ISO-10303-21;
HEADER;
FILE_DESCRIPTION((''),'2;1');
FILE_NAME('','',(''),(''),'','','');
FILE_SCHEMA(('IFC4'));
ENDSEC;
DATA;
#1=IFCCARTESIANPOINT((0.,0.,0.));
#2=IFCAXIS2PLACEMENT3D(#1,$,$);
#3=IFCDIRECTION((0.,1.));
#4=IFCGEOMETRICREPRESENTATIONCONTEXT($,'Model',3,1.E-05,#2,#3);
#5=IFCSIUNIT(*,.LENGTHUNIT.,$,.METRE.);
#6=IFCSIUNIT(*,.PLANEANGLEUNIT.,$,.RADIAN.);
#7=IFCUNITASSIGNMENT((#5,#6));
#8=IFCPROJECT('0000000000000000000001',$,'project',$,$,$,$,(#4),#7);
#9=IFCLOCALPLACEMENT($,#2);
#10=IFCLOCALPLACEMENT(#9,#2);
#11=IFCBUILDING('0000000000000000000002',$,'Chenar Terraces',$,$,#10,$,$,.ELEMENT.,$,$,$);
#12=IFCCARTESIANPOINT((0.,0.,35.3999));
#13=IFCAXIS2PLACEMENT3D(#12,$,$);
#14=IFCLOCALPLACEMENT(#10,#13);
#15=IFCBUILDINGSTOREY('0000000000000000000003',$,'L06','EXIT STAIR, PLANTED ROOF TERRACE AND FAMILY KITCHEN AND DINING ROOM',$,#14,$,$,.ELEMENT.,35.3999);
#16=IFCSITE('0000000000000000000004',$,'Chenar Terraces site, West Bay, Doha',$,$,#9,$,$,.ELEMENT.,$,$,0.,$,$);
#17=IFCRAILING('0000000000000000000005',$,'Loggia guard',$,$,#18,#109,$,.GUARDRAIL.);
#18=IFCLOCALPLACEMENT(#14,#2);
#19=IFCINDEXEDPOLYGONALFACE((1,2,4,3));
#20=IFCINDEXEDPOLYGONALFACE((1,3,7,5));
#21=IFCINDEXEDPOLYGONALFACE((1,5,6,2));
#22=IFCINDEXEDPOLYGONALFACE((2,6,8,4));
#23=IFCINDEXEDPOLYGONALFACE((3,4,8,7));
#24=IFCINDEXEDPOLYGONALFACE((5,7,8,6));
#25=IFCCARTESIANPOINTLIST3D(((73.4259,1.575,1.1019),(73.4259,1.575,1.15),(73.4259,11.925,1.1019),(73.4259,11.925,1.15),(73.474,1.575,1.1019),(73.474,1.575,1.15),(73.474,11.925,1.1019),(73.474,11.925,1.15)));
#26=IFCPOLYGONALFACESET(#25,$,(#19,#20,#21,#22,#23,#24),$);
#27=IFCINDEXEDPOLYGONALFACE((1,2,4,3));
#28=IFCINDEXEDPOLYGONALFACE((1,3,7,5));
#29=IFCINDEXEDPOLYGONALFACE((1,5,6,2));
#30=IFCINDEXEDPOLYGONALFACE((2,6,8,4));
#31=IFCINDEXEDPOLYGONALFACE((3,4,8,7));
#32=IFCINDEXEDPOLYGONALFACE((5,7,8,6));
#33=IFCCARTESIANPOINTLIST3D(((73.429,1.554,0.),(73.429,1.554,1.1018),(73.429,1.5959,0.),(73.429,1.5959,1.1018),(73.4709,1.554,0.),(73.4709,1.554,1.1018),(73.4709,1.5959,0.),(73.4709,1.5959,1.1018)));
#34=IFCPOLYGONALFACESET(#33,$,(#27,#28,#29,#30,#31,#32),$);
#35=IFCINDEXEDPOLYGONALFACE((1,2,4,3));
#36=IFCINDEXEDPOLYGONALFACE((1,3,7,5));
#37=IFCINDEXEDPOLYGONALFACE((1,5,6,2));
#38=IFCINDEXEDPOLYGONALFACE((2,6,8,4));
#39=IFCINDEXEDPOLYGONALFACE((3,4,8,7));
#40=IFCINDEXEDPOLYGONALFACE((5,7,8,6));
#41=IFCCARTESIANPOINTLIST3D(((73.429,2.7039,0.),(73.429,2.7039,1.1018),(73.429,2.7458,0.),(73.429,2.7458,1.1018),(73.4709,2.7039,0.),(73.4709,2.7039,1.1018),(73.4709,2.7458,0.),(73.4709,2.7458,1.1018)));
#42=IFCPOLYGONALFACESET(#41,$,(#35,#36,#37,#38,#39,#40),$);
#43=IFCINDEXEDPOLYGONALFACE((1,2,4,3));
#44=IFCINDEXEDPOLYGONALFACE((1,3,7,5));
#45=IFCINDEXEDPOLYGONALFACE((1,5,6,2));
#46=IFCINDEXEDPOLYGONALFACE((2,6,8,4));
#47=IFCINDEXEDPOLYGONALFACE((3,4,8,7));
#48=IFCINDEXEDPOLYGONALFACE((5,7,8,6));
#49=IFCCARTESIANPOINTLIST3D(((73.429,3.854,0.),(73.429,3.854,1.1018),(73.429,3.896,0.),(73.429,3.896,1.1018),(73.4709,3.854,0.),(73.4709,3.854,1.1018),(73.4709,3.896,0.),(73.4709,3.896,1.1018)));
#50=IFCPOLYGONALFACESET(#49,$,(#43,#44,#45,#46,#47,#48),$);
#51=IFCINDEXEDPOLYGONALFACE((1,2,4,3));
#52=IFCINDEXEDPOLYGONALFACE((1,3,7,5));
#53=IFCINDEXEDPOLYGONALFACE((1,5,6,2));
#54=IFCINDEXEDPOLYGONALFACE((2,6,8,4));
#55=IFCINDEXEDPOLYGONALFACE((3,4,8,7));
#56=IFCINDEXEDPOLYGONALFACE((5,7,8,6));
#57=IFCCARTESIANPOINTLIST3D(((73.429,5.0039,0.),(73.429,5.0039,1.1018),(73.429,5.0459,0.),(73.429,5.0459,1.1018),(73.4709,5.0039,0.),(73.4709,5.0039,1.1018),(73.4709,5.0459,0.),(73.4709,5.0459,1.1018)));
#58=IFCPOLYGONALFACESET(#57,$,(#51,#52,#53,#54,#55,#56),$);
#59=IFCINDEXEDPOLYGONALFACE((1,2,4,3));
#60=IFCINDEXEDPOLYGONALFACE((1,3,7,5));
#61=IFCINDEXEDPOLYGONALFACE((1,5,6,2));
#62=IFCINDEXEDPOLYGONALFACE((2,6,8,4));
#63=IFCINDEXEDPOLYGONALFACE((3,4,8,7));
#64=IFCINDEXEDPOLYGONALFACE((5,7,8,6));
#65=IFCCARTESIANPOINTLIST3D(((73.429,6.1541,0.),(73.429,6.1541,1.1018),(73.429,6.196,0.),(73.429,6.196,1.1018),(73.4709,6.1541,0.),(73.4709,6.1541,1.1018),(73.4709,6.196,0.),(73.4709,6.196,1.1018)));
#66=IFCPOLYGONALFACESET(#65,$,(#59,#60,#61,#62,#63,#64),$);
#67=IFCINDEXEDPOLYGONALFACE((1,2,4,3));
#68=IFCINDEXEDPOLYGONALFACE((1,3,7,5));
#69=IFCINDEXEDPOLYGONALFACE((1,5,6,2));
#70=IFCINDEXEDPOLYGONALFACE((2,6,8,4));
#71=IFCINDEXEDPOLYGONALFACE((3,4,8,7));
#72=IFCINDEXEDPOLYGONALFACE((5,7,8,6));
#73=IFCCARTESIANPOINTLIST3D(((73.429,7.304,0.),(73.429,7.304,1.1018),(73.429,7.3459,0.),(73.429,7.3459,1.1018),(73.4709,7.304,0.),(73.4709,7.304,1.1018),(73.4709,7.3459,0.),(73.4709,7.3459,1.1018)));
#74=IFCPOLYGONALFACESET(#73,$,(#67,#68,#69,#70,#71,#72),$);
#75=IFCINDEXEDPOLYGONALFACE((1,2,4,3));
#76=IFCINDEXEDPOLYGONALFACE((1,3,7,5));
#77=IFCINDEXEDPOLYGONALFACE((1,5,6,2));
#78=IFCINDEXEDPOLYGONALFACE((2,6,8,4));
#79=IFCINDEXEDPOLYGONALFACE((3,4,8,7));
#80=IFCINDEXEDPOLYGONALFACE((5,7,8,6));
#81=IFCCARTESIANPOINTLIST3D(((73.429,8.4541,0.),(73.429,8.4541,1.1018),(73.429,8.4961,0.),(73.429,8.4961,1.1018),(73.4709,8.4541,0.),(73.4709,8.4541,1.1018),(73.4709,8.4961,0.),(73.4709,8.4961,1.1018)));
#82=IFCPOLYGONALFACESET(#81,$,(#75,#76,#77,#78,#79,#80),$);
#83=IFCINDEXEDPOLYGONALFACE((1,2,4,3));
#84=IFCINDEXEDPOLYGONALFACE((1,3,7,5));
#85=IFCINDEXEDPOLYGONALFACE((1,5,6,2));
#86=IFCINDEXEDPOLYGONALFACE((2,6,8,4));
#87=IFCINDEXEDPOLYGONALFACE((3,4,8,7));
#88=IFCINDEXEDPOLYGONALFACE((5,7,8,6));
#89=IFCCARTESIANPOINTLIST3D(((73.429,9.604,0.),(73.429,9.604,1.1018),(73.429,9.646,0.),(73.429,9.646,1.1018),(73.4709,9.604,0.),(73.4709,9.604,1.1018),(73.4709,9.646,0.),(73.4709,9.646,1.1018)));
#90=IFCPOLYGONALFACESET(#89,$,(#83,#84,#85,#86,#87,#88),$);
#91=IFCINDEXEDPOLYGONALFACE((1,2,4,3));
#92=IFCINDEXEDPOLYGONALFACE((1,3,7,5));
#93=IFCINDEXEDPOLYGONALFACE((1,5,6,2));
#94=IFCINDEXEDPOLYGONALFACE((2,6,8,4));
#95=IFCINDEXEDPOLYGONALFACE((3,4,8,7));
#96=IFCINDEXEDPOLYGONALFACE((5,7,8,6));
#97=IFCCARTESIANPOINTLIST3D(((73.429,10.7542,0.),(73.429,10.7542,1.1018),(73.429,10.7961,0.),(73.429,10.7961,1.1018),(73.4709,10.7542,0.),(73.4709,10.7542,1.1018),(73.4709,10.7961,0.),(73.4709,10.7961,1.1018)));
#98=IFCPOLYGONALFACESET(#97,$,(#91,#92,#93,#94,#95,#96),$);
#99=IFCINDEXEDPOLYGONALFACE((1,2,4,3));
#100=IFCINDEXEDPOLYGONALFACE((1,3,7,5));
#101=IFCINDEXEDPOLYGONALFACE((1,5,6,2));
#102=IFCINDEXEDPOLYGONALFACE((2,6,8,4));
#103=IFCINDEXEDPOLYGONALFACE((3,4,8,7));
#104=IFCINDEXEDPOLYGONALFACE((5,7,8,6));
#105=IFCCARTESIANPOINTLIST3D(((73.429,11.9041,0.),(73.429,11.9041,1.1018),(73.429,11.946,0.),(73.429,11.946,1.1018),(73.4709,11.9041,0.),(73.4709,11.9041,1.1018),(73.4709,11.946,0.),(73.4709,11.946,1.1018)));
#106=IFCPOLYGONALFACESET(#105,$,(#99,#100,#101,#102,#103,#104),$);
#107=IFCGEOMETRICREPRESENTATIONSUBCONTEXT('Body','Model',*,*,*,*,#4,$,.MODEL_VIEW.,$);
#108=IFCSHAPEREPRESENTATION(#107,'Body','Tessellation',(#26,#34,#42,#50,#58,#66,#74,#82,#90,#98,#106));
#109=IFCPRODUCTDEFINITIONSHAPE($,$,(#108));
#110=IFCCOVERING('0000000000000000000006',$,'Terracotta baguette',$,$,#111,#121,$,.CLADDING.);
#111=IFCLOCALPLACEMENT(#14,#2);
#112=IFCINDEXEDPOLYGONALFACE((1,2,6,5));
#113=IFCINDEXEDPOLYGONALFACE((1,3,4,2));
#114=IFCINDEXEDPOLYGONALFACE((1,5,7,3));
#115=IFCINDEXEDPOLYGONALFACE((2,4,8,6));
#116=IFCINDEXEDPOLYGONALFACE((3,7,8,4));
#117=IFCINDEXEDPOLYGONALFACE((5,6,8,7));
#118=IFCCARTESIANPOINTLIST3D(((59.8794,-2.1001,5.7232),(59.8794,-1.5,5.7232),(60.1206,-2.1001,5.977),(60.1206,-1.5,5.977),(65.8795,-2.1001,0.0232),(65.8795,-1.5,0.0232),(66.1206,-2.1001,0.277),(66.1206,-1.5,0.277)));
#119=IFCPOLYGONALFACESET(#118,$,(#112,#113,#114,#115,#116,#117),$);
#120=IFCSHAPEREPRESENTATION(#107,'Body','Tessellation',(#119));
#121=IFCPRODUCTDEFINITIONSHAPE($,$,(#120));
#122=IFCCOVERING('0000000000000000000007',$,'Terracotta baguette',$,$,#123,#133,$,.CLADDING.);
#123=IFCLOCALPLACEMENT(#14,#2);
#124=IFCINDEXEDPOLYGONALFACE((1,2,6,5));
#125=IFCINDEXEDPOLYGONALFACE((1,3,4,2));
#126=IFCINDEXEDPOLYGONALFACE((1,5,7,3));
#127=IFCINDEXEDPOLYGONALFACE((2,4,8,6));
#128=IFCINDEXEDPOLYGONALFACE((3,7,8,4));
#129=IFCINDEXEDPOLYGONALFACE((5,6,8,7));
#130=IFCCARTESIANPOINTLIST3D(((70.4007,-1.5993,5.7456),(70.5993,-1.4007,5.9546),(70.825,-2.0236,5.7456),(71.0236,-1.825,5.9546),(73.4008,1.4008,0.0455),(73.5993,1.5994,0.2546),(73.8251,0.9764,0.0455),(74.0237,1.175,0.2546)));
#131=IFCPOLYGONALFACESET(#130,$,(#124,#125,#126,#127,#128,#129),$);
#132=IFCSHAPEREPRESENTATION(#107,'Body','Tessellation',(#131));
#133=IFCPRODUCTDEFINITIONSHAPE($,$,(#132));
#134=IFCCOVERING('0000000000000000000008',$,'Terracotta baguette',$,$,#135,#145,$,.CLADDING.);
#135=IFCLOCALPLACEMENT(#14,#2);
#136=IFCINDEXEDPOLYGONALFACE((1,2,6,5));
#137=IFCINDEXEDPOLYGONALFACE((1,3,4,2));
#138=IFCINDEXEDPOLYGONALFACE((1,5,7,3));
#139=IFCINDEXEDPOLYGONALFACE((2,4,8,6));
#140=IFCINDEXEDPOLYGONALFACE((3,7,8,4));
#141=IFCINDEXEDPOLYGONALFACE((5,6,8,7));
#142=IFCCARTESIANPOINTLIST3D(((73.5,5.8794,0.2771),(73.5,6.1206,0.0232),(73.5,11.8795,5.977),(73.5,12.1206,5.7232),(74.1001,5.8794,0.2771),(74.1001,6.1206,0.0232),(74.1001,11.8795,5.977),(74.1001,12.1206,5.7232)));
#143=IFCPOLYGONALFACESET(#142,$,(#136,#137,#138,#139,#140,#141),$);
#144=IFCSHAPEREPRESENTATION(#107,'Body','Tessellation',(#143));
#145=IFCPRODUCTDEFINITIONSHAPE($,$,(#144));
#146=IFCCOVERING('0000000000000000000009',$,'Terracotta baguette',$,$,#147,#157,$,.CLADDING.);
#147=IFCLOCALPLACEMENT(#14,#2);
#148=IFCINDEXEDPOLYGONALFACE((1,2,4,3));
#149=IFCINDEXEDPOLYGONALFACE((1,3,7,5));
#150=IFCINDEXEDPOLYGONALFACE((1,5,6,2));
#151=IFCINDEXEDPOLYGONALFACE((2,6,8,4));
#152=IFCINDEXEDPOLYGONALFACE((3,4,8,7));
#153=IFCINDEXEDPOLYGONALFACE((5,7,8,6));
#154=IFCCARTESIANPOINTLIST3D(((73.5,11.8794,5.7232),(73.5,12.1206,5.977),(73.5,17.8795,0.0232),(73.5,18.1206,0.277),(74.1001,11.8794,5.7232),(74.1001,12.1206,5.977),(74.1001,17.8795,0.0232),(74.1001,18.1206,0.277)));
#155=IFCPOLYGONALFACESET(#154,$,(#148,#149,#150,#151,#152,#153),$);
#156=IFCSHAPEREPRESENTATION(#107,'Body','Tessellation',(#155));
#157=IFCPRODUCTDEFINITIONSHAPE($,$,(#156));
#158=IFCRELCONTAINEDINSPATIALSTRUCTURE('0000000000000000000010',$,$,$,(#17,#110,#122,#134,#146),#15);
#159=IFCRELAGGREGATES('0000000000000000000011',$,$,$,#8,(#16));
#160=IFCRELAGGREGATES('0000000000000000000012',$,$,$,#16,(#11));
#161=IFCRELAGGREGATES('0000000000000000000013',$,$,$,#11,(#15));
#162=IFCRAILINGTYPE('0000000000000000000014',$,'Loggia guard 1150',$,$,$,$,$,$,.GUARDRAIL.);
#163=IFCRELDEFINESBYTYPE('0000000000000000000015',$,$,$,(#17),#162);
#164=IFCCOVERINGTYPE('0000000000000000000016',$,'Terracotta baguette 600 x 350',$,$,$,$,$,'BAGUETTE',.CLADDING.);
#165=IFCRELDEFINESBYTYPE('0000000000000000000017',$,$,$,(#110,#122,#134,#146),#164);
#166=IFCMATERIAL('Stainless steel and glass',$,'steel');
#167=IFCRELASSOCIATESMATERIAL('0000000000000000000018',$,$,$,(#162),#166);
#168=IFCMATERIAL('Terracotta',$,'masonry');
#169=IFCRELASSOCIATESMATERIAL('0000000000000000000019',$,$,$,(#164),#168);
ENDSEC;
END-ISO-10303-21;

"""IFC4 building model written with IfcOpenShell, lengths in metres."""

from ifc_helpers import new_model, si_unit, direction, frame, origin, origin_2d, place, context, subcontext, project, spatial, rectangle, extrude, material, material_profile, profile_set, type_object, element, save


model = new_model("IFC4")

# Units and contexts
model_context = context("Model", 3, precision=1e-05, world=origin(), true_north=direction((0.0, 1.0)))
body_context = subcontext(model_context, "Body", "Model", "MODEL_VIEW")
ifc_project = project(units=[si_unit("LENGTHUNIT", "METRE"), si_unit("PLANEANGLEUNIT", "RADIAN")], contexts=[model_context])

# Site, building, storey
site_placement = place(None, origin())
site = spatial("IfcSite", under=ifc_project, at=site_placement, Name="Chenar Terraces site, West Bay, Doha", CompositionType="ELEMENT", RefElevation=0.0)
building_placement = place(site_placement, origin())
building = spatial("IfcBuilding", under=site, at=building_placement, Name="Chenar Terraces", CompositionType="ELEMENT")
storey_placement = place(building_placement, frame((0.0, 0.0, 35.3999)))
storey = spatial("IfcBuildingStorey", under=building, at=storey_placement, Name="L06", Description="EXIT STAIR, PLANTED ROOF TERRACE AND FAMILY KITCHEN AND DINING ROOM", CompositionType="ELEMENT", Elevation=35.3999)

# Railing
ifc_material_1 = material(Name="Stainless steel and glass", Category="steel")
railing_type_1 = type_object("IfcRailingType", Name="Loggia guard 1150", PredefinedType="GUARDRAIL", material=ifc_material_1)
railing_1_placement = place(storey_placement, frame((73.45, 1.575, 0.0)))
element("IfcRailing", 1, at=railing_1_placement, inside=storey, type_object=railing_type_1, Name="Loggia guard", PredefinedType="GUARDRAIL", context=body_context, shape_type="SweptSolid", body=[
    extrude(rectangle(XDim=0.0481, YDim=0.0481, at=origin_2d()), frame((0.0, 0.0, 1.126), z_axis=(0.0, 1.0, 0.0), x_axis=(-1.0, 0.0, 0.0)), (0.0, 0.0, 1.0), 10.3501),
    extrude(rectangle(XDim=0.042, YDim=0.042, at=origin_2d()), origin(), (0.0, 0.0, 1.0), 1.1018),
    extrude(rectangle(XDim=0.042, YDim=0.042, at=origin_2d()), frame((0.0, 1.1499, 0.0)), (0.0, 0.0, 1.0), 1.1018),
    extrude(rectangle(XDim=0.042, YDim=0.042, at=origin_2d()), frame((0.0, 2.3, 0.0)), (0.0, 0.0, 1.0), 1.1018),
    extrude(rectangle(XDim=0.042, YDim=0.042, at=origin_2d()), frame((0.0, 3.45, 0.0)), (0.0, 0.0, 1.0), 1.1018),
    extrude(rectangle(XDim=0.042, YDim=0.042, at=origin_2d()), frame((0.0, 4.6001, 0.0)), (0.0, 0.0, 1.0), 1.1018),
    extrude(rectangle(XDim=0.042, YDim=0.042, at=origin_2d()), frame((0.0, 5.75, 0.0)), (0.0, 0.0, 1.0), 1.1018),
    extrude(rectangle(XDim=0.042, YDim=0.042, at=origin_2d()), frame((0.0, 6.9001, 0.0)), (0.0, 0.0, 1.0), 1.1018),
    extrude(rectangle(XDim=0.042, YDim=0.042, at=origin_2d()), frame((0.0, 8.05, 0.0)), (0.0, 0.0, 1.0), 1.1018),
    extrude(rectangle(XDim=0.042, YDim=0.042, at=origin_2d()), frame((0.0, 9.2002, 0.0)), (0.0, 0.0, 1.0), 1.1018),
    extrude(rectangle(XDim=0.042, YDim=0.042, at=origin_2d()), frame((0.0, 10.3501, 0.0)), (0.0, 0.0, 1.0), 1.1018),
])

# Coverings
ifc_material_2 = material(Name="Terracotta", Category="masonry")
ifc_material_profile_1 = material_profile(ifc_material_2, rectangle(XDim=0.6001, YDim=0.3501, at=origin_2d()), Name="Terracotta baguette 600 x 350")
ifc_profile_set_1 = profile_set([ifc_material_profile_1], Name="Terracotta")
covering_type = type_object("IfcCoveringType", Name="Terracotta baguette 600 x 350", ElementType="BAGUETTE", PredefinedType="CLADDING", material=ifc_profile_set_1)
covering_1_placement = place(storey_placement, frame((60.0, -1.8, 5.8501), z_axis=(0.725002, 0.0, -0.688746), x_axis=(0.0, 1.0, 0.0)))
element("IfcCovering", 2, at=covering_1_placement, inside=storey, type_object=covering_type, Name="Terracotta baguette", PredefinedType="CLADDING", context=body_context, shape_type="SweptSolid", body=[
    extrude(rectangle(XDim=0.6001, YDim=0.3501, at=origin_2d()), origin(), (0.0, 0.0, 1.0), 8.2759),
])
covering_2_placement = place(storey_placement, frame((70.7122, -1.7122, 5.8501), z_axis=(0.422203, 0.422203, -0.802178), x_axis=(-0.707107, 0.707107, 0.0)))
element("IfcCovering", 3, at=covering_2_placement, inside=storey, type_object=covering_type, Name="Terracotta baguette", PredefinedType="CLADDING", context=body_context, shape_type="SweptSolid", body=[
    extrude(rectangle(XDim=0.6001, YDim=0.3501, at=origin_2d()), origin(), (0.0, 0.0, 1.0), 7.1057),
])
for number, where, z_axis, x_axis, name in (
    (4, (73.8, 6.0, 0.1501), (0.0, 0.725002, 0.688746), (-1.0, 0.0, 0.0), "Terracotta baguette"),
    (5, (73.8, 12.0, 5.8501), (0.0, 0.725002, -0.688746), (-1.0, 0.0, 0.0), "Terracotta baguette"),
):
    element("IfcCovering", number, at=place(storey_placement, frame(where, z_axis=z_axis, x_axis=x_axis)), inside=storey, type_object=covering_type, Name=name, PredefinedType="CLADDING", context=body_context, shape_type="SweptSolid", body=[
        extrude(rectangle(XDim=0.6001, YDim=0.3501, at=origin_2d()), origin(), (0.0, 0.0, 1.0), 8.2759),
    ])

save(model, "model.ifc")
